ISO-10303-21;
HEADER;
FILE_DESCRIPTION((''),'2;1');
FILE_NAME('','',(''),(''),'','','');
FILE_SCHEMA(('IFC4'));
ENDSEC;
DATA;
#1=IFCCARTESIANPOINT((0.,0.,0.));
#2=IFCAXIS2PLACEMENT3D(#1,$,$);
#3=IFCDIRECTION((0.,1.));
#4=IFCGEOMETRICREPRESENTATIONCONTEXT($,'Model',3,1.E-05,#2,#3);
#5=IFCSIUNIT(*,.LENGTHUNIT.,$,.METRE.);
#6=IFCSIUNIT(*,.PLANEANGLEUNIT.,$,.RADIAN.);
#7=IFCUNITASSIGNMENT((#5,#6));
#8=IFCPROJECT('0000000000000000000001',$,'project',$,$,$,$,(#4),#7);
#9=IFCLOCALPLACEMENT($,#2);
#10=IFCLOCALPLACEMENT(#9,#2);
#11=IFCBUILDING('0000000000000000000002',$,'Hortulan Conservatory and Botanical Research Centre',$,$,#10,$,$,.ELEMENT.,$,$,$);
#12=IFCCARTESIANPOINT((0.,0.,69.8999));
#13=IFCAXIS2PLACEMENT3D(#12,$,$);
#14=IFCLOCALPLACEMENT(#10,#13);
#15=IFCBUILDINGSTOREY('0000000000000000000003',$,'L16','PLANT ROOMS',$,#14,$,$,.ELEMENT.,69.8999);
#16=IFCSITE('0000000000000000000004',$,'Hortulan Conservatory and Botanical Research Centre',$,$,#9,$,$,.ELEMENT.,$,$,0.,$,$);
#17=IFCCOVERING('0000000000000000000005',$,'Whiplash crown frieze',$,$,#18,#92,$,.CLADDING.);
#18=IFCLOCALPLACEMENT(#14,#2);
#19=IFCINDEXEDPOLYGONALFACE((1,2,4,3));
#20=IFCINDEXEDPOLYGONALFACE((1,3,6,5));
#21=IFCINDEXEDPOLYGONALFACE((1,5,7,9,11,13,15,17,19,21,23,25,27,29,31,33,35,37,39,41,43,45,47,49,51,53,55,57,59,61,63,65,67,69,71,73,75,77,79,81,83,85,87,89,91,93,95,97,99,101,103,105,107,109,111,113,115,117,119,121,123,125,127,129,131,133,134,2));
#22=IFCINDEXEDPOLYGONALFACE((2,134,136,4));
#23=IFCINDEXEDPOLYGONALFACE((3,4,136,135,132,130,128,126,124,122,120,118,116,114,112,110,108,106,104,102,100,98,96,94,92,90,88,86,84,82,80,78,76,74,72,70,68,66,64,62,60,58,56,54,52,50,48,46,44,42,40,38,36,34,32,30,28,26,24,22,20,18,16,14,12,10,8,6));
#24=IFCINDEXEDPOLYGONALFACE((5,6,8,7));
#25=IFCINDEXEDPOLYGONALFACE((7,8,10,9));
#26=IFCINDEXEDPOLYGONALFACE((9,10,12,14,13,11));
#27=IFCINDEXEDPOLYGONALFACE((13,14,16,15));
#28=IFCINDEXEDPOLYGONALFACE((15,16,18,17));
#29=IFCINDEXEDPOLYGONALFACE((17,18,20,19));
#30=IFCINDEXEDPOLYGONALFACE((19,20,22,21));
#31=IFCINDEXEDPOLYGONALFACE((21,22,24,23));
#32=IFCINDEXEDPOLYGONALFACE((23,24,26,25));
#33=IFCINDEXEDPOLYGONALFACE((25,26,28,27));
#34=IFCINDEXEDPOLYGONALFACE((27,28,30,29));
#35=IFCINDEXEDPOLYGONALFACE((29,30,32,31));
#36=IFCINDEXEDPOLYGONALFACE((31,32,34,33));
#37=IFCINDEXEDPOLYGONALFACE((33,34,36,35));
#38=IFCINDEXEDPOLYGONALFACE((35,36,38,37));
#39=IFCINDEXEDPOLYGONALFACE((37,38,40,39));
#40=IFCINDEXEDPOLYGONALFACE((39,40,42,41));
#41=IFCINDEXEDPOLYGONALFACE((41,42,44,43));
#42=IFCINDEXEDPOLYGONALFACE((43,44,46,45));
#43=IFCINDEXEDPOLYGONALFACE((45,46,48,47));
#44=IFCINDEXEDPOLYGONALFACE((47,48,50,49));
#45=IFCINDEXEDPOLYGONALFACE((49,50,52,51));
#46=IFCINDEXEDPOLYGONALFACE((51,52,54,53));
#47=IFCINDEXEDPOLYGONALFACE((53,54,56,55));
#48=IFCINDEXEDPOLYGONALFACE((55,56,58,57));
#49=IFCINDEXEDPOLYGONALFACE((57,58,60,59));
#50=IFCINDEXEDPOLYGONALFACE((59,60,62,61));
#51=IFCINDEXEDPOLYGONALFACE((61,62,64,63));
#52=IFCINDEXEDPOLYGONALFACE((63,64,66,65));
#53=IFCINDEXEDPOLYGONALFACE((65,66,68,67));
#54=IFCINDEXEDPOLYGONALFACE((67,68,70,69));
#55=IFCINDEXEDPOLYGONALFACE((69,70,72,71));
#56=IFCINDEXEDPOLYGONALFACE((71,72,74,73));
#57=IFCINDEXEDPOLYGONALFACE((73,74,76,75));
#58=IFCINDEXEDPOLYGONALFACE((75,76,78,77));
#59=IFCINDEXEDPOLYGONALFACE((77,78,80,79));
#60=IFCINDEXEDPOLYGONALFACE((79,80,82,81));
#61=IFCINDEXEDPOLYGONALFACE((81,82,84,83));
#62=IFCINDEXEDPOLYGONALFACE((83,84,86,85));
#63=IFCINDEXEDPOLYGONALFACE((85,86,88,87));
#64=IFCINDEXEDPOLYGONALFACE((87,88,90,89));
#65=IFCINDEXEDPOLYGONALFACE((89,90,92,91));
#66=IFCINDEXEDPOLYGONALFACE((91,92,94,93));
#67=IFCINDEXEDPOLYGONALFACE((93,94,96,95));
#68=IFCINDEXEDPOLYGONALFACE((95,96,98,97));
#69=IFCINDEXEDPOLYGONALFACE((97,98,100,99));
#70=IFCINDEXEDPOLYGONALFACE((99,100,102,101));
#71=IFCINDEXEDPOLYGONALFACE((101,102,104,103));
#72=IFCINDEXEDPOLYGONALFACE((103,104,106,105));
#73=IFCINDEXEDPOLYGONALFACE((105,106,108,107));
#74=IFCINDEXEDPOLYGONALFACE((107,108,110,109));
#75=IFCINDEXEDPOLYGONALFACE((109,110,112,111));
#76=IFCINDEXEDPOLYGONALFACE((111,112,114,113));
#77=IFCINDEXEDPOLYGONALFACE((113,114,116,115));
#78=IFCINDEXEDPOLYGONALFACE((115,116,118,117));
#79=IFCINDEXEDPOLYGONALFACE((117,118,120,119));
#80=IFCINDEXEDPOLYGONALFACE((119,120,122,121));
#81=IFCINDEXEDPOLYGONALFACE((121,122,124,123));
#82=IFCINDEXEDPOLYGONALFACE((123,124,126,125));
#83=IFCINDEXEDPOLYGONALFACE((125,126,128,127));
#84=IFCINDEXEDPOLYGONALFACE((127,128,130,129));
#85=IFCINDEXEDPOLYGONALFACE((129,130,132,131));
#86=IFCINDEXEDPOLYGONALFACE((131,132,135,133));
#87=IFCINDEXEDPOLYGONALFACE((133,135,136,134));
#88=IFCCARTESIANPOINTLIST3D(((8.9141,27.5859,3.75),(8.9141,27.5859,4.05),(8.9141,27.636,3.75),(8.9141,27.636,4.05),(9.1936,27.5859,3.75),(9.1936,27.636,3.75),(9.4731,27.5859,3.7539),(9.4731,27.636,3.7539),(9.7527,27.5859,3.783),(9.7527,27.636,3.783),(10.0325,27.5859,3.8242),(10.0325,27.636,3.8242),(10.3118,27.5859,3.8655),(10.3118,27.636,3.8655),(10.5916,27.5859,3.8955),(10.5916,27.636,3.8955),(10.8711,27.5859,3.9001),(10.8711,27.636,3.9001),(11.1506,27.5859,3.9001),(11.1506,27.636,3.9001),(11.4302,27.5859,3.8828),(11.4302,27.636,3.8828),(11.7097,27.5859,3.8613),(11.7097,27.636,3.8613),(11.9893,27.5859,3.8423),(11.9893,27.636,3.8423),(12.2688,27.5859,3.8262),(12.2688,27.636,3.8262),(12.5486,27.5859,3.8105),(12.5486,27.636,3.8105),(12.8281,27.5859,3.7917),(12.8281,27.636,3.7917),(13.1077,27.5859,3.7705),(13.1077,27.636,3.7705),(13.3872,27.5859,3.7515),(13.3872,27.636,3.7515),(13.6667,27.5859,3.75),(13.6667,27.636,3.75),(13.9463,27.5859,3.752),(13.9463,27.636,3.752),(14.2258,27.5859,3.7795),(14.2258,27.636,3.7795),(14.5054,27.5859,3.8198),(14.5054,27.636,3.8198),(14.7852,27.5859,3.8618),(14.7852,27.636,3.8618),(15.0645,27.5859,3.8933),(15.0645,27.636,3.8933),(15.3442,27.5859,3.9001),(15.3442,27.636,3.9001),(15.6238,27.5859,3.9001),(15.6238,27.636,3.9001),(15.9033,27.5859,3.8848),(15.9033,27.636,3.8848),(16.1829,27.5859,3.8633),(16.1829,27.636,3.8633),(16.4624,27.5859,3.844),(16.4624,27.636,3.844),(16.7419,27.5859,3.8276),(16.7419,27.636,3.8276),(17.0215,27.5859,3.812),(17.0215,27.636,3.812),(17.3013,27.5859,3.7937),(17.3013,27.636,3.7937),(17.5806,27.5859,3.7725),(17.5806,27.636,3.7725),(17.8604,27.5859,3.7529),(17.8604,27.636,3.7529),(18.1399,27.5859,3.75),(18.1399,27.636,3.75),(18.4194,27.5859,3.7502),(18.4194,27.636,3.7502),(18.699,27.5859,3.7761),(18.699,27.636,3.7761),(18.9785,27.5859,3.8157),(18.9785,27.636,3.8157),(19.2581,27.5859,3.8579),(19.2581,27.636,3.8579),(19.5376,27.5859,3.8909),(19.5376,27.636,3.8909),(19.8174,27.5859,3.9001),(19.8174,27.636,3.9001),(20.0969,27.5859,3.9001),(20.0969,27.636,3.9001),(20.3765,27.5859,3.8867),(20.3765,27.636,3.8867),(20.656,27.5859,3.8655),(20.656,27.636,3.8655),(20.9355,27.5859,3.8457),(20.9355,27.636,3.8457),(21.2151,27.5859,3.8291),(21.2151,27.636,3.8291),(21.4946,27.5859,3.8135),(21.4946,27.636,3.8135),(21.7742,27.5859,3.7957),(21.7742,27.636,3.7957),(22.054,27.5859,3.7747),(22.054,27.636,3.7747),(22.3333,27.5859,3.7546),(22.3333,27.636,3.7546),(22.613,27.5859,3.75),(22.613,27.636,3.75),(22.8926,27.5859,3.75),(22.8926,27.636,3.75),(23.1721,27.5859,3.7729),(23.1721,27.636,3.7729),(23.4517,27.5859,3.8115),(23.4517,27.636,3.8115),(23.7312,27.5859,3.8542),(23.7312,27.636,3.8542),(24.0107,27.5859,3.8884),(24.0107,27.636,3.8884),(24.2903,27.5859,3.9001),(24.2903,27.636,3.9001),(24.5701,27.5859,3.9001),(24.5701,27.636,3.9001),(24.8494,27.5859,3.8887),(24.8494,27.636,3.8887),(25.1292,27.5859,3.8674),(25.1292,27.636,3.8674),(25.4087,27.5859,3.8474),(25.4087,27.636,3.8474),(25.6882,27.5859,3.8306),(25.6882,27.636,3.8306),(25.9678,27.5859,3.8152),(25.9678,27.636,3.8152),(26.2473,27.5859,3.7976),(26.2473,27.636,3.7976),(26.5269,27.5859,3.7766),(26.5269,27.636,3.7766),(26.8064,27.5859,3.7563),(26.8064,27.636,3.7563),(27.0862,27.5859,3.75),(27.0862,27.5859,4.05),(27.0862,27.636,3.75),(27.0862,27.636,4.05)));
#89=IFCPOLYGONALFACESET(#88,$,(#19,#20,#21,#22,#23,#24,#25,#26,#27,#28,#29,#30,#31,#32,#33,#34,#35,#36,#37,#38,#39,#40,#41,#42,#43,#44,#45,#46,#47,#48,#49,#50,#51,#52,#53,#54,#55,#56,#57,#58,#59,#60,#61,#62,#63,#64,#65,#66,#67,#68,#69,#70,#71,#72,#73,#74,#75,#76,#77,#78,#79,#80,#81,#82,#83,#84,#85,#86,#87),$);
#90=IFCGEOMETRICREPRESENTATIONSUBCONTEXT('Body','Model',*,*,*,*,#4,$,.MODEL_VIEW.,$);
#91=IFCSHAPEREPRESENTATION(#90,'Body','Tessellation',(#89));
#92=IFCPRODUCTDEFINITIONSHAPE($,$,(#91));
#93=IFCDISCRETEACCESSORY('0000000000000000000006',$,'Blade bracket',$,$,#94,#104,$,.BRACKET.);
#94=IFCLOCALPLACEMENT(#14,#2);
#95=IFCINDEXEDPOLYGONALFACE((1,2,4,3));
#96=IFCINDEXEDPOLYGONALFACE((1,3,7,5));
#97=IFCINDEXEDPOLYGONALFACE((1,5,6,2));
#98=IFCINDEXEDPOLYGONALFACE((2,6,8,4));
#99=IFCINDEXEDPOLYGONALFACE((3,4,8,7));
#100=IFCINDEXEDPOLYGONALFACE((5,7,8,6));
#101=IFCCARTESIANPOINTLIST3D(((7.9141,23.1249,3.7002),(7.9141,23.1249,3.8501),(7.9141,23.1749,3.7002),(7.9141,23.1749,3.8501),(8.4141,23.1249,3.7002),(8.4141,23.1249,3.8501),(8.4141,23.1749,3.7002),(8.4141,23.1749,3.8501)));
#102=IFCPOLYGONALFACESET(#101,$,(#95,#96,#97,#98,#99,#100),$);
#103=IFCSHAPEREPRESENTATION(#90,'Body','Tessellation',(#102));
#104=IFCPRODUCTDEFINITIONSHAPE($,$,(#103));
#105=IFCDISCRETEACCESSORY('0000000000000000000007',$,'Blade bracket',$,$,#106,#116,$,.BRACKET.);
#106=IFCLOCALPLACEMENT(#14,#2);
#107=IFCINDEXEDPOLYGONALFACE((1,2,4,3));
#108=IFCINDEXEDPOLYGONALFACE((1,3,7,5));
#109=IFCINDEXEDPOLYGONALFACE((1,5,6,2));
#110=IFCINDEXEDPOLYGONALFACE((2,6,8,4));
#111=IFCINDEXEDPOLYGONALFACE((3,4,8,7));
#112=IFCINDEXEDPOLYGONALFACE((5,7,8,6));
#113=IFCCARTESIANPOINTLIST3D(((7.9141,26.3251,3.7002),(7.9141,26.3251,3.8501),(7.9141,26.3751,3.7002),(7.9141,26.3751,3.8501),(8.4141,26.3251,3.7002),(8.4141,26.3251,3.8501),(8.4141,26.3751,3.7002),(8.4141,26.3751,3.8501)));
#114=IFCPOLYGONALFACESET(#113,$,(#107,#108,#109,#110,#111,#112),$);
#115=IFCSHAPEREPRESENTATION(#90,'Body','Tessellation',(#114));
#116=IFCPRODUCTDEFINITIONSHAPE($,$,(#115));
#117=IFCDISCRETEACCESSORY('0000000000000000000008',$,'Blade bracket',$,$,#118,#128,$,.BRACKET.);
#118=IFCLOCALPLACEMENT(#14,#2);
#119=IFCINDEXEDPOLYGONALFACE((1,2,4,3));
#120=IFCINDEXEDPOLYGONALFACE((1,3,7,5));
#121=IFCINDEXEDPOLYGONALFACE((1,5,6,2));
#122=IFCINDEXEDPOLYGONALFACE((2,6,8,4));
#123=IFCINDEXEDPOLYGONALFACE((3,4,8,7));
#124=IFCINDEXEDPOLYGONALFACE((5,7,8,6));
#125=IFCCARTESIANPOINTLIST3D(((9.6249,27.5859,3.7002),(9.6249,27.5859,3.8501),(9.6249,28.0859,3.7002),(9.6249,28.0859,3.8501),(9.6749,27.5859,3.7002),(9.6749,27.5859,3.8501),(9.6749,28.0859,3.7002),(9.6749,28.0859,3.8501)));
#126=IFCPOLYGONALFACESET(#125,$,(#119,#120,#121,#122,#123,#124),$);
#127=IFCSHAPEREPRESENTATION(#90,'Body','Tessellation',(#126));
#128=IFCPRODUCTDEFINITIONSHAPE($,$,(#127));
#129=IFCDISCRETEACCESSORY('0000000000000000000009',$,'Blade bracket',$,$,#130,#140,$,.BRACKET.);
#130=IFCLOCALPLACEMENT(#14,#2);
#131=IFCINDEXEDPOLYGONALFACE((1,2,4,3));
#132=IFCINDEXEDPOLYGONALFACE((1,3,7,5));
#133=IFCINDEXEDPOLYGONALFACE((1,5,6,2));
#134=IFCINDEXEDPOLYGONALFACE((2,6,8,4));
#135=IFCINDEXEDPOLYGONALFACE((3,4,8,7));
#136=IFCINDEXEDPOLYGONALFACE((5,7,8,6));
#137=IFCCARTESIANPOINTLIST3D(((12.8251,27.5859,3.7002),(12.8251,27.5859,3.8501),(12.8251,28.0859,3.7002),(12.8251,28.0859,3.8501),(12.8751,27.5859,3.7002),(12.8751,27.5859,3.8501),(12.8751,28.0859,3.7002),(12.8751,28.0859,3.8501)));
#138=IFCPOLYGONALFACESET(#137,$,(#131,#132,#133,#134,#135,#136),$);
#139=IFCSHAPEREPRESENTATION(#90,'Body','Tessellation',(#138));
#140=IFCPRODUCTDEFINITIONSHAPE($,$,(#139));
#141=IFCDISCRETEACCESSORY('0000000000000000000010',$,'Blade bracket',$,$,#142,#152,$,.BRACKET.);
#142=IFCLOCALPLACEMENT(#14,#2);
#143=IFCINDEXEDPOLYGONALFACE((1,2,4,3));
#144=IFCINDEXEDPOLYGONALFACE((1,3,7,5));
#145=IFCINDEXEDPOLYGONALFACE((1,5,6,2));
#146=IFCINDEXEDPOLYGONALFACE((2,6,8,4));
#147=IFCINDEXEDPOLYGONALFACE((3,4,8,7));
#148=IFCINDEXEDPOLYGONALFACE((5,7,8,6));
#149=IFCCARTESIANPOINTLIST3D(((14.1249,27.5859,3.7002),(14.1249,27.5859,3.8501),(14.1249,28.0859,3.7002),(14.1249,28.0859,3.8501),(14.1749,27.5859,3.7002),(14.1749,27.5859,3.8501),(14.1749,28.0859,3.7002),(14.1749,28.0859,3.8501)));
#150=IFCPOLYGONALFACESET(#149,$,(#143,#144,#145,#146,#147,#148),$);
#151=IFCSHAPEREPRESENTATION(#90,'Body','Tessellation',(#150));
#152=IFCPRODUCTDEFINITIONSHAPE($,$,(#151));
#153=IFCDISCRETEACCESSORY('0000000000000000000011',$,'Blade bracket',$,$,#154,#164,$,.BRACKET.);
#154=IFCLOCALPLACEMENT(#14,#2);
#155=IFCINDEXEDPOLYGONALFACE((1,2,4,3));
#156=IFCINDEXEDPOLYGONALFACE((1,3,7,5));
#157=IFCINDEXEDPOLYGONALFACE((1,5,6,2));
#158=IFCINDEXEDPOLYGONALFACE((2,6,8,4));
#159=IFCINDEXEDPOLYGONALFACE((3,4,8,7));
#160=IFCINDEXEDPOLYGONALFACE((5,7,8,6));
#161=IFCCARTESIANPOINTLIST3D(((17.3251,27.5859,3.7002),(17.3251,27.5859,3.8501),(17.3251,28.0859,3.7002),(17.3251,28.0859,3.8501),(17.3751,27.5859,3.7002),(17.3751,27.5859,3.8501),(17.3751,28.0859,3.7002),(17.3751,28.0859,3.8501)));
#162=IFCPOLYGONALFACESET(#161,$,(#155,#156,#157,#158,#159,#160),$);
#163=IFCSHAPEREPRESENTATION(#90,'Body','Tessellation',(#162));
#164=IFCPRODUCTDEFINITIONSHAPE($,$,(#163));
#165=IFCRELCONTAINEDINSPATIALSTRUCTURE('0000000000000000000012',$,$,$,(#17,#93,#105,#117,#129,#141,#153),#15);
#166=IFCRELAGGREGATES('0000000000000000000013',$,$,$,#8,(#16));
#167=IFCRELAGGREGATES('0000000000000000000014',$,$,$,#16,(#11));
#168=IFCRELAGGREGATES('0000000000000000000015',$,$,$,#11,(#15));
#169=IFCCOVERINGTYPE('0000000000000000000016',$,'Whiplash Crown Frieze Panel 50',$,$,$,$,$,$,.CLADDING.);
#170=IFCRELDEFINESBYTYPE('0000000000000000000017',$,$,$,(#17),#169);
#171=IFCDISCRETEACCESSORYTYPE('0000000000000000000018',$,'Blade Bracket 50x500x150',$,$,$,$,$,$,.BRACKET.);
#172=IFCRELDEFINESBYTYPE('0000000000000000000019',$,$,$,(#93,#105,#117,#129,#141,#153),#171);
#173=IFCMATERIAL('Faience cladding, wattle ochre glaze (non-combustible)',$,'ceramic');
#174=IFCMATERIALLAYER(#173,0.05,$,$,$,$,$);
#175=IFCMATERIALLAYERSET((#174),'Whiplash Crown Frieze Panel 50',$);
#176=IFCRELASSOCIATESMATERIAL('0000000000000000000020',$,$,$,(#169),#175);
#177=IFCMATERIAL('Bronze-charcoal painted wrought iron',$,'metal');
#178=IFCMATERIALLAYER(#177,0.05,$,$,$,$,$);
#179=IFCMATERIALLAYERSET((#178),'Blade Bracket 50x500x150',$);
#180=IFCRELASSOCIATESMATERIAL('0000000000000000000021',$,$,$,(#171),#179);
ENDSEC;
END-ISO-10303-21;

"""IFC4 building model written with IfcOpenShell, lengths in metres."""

from ifc_helpers import new_model, si_unit, direction, frame, origin, origin_2d, place, context, subcontext, project, spatial, polyline, rectangle, outline, extrude, material, layer, layer_set, type_object, element, save


model = new_model("IFC4")

# Units and contexts
model_context = context("Model", 3, precision=1e-05, world=origin(), true_north=direction((0.0, 1.0)))
body_context = subcontext(model_context, "Body", "Model", "MODEL_VIEW")
ifc_project = project(units=[si_unit("LENGTHUNIT", "METRE"), si_unit("PLANEANGLEUNIT", "RADIAN")], contexts=[model_context])

# Site, building, storey
site_placement = place(None, origin())
site = spatial("IfcSite", under=ifc_project, at=site_placement, Name="Hortulan Conservatory and Botanical Research Centre", CompositionType="ELEMENT", RefElevation=0.0)
building_placement = place(site_placement, origin())
building = spatial("IfcBuilding", under=site, at=building_placement, Name="Hortulan Conservatory and Botanical Research Centre", CompositionType="ELEMENT")
storey_placement = place(building_placement, frame((0.0, 0.0, 69.8999)))
storey = spatial("IfcBuildingStorey", under=building, at=storey_placement, Name="L16", Description="PLANT ROOMS", CompositionType="ELEMENT", Elevation=69.8999)

# Covering
ifc_material_1 = material(Name="Faience cladding, wattle ochre glaze (non-combustible)", Category="ceramic")
ifc_layer_1 = layer(ifc_material_1, 0.05)
ifc_layer_set_1 = layer_set([ifc_layer_1], Name="Whiplash Crown Frieze Panel 50")
covering_type_1 = type_object("IfcCoveringType", Name="Whiplash Crown Frieze Panel 50", PredefinedType="CLADDING", material=ifc_layer_set_1)
covering_placement = place(storey_placement, frame((8.9141, 27.6111, 3.75), z_axis=(0.0, 0.0, 1.0), x_axis=(1.0, 0.0, 0.0)))
element("IfcCovering", 1, at=covering_placement, inside=storey, type_object=covering_type_1, Name="Whiplash crown frieze", PredefinedType="CLADDING", context=body_context, shape_type="SweptSolid", body=[
    extrude(outline(polyline([(0.0, 0.0), (0.2795, 0.0), (0.5591, 0.0039), (0.8386, 0.033), (1.1184, 0.0742), (1.3977, 0.1155), (1.6775, 0.1455), (1.957, 0.1501), (2.2366, 0.1501), (2.5161, 0.1328), (2.7957, 0.1113), (3.0752, 0.0923), (3.3547, 0.0762), (3.6345, 0.0605), (3.9141, 0.0417), (4.1936, 0.0205), (4.4731, 0.0015), (4.7527, 0.0), (5.0322, 0.002), (5.3118, 0.0295), (5.5913, 0.0698), (5.8711, 0.1118), (6.1504, 0.1433), (6.4302, 0.1501), (6.7097, 0.1501), (6.9893, 0.1348), (7.2688, 0.1133), (7.5483, 0.094), (7.8279, 0.0776), (8.1074, 0.062), (8.3872, 0.0437), (8.6665, 0.0225), (8.9463, 0.0029), (9.2258, 0.0), (9.5054, 0.0002), (9.7849, 0.0261), (10.0645, 0.0657), (10.344, 0.1079), (10.6235, 0.1409), (10.9033, 0.1501), (11.1829, 0.1501), (11.4624, 0.1367), (11.7419, 0.1155), (12.0215, 0.0957), (12.301, 0.0791), (12.5806, 0.0635), (12.8601, 0.0457), (13.1399, 0.0247), (13.4192, 0.0046), (13.699, 0.0), (13.9785, 0.0), (14.2581, 0.0229), (14.5376, 0.0615), (14.8171, 0.1042), (15.0967, 0.1384), (15.3762, 0.1501), (15.656, 0.1501), (15.9353, 0.1387), (16.2151, 0.1174), (16.4946, 0.0974), (16.7742, 0.0806), (17.0537, 0.0652), (17.3333, 0.0476), (17.6128, 0.0266), (17.8923, 0.0063), (18.1721, 0.0), (18.1721, 0.3), (0.0, 0.3), (0.0, 0.0)])), frame((0.0, 0.0249, 0.0), z_axis=(0.0, -1.0, 0.0), x_axis=(1.0, 0.0, 0.0)), (0.0, 0.0, 1.0), 0.05),
])

# Discrete accessories
ifc_material_2 = material(Name="Bronze-charcoal painted wrought iron", Category="metal")
ifc_layer_2 = layer(ifc_material_2, 0.05)
ifc_layer_set_2 = layer_set([ifc_layer_2], Name="Blade Bracket 50x500x150")
discrete_accessory_type = type_object("IfcDiscreteAccessoryType", Name="Blade Bracket 50x500x150", PredefinedType="BRACKET", material=ifc_layer_set_2)
for number, where, z_axis, x_axis, name in (
    (2, (8.1641, 23.1499, 3.7002), (0.0, 0.0, 1.0), (0.0, 1.0, 0.0), "Blade bracket"),
    (3, (8.1641, 26.3501, 3.7002), (0.0, 0.0, 1.0), (0.0, 1.0, 0.0), "Blade bracket"),
    (4, (9.6499, 27.8359, 3.7002), (0.0, 0.0, 1.0), (1.0, 0.0, 0.0), "Blade bracket"),
    (5, (12.8501, 27.8359, 3.7002), (0.0, 0.0, 1.0), (1.0, 0.0, 0.0), "Blade bracket"),
    (6, (14.1499, 27.8359, 3.7002), (0.0, 0.0, 1.0), (1.0, 0.0, 0.0), "Blade bracket"),
    (7, (17.3501, 27.8359, 3.7002), (0.0, 0.0, 1.0), (1.0, 0.0, 0.0), "Blade bracket"),
):
    element("IfcDiscreteAccessory", number, at=place(storey_placement, frame(where, z_axis=z_axis, x_axis=x_axis)), inside=storey, type_object=discrete_accessory_type, Name=name, PredefinedType="BRACKET", context=body_context, shape_type="SweptSolid", body=[
        extrude(rectangle(XDim=0.05, YDim=0.5, at=origin_2d()), origin(), (0.0, 0.0, 1.0), 0.1499),
    ])

save(model, "model.ifc")
